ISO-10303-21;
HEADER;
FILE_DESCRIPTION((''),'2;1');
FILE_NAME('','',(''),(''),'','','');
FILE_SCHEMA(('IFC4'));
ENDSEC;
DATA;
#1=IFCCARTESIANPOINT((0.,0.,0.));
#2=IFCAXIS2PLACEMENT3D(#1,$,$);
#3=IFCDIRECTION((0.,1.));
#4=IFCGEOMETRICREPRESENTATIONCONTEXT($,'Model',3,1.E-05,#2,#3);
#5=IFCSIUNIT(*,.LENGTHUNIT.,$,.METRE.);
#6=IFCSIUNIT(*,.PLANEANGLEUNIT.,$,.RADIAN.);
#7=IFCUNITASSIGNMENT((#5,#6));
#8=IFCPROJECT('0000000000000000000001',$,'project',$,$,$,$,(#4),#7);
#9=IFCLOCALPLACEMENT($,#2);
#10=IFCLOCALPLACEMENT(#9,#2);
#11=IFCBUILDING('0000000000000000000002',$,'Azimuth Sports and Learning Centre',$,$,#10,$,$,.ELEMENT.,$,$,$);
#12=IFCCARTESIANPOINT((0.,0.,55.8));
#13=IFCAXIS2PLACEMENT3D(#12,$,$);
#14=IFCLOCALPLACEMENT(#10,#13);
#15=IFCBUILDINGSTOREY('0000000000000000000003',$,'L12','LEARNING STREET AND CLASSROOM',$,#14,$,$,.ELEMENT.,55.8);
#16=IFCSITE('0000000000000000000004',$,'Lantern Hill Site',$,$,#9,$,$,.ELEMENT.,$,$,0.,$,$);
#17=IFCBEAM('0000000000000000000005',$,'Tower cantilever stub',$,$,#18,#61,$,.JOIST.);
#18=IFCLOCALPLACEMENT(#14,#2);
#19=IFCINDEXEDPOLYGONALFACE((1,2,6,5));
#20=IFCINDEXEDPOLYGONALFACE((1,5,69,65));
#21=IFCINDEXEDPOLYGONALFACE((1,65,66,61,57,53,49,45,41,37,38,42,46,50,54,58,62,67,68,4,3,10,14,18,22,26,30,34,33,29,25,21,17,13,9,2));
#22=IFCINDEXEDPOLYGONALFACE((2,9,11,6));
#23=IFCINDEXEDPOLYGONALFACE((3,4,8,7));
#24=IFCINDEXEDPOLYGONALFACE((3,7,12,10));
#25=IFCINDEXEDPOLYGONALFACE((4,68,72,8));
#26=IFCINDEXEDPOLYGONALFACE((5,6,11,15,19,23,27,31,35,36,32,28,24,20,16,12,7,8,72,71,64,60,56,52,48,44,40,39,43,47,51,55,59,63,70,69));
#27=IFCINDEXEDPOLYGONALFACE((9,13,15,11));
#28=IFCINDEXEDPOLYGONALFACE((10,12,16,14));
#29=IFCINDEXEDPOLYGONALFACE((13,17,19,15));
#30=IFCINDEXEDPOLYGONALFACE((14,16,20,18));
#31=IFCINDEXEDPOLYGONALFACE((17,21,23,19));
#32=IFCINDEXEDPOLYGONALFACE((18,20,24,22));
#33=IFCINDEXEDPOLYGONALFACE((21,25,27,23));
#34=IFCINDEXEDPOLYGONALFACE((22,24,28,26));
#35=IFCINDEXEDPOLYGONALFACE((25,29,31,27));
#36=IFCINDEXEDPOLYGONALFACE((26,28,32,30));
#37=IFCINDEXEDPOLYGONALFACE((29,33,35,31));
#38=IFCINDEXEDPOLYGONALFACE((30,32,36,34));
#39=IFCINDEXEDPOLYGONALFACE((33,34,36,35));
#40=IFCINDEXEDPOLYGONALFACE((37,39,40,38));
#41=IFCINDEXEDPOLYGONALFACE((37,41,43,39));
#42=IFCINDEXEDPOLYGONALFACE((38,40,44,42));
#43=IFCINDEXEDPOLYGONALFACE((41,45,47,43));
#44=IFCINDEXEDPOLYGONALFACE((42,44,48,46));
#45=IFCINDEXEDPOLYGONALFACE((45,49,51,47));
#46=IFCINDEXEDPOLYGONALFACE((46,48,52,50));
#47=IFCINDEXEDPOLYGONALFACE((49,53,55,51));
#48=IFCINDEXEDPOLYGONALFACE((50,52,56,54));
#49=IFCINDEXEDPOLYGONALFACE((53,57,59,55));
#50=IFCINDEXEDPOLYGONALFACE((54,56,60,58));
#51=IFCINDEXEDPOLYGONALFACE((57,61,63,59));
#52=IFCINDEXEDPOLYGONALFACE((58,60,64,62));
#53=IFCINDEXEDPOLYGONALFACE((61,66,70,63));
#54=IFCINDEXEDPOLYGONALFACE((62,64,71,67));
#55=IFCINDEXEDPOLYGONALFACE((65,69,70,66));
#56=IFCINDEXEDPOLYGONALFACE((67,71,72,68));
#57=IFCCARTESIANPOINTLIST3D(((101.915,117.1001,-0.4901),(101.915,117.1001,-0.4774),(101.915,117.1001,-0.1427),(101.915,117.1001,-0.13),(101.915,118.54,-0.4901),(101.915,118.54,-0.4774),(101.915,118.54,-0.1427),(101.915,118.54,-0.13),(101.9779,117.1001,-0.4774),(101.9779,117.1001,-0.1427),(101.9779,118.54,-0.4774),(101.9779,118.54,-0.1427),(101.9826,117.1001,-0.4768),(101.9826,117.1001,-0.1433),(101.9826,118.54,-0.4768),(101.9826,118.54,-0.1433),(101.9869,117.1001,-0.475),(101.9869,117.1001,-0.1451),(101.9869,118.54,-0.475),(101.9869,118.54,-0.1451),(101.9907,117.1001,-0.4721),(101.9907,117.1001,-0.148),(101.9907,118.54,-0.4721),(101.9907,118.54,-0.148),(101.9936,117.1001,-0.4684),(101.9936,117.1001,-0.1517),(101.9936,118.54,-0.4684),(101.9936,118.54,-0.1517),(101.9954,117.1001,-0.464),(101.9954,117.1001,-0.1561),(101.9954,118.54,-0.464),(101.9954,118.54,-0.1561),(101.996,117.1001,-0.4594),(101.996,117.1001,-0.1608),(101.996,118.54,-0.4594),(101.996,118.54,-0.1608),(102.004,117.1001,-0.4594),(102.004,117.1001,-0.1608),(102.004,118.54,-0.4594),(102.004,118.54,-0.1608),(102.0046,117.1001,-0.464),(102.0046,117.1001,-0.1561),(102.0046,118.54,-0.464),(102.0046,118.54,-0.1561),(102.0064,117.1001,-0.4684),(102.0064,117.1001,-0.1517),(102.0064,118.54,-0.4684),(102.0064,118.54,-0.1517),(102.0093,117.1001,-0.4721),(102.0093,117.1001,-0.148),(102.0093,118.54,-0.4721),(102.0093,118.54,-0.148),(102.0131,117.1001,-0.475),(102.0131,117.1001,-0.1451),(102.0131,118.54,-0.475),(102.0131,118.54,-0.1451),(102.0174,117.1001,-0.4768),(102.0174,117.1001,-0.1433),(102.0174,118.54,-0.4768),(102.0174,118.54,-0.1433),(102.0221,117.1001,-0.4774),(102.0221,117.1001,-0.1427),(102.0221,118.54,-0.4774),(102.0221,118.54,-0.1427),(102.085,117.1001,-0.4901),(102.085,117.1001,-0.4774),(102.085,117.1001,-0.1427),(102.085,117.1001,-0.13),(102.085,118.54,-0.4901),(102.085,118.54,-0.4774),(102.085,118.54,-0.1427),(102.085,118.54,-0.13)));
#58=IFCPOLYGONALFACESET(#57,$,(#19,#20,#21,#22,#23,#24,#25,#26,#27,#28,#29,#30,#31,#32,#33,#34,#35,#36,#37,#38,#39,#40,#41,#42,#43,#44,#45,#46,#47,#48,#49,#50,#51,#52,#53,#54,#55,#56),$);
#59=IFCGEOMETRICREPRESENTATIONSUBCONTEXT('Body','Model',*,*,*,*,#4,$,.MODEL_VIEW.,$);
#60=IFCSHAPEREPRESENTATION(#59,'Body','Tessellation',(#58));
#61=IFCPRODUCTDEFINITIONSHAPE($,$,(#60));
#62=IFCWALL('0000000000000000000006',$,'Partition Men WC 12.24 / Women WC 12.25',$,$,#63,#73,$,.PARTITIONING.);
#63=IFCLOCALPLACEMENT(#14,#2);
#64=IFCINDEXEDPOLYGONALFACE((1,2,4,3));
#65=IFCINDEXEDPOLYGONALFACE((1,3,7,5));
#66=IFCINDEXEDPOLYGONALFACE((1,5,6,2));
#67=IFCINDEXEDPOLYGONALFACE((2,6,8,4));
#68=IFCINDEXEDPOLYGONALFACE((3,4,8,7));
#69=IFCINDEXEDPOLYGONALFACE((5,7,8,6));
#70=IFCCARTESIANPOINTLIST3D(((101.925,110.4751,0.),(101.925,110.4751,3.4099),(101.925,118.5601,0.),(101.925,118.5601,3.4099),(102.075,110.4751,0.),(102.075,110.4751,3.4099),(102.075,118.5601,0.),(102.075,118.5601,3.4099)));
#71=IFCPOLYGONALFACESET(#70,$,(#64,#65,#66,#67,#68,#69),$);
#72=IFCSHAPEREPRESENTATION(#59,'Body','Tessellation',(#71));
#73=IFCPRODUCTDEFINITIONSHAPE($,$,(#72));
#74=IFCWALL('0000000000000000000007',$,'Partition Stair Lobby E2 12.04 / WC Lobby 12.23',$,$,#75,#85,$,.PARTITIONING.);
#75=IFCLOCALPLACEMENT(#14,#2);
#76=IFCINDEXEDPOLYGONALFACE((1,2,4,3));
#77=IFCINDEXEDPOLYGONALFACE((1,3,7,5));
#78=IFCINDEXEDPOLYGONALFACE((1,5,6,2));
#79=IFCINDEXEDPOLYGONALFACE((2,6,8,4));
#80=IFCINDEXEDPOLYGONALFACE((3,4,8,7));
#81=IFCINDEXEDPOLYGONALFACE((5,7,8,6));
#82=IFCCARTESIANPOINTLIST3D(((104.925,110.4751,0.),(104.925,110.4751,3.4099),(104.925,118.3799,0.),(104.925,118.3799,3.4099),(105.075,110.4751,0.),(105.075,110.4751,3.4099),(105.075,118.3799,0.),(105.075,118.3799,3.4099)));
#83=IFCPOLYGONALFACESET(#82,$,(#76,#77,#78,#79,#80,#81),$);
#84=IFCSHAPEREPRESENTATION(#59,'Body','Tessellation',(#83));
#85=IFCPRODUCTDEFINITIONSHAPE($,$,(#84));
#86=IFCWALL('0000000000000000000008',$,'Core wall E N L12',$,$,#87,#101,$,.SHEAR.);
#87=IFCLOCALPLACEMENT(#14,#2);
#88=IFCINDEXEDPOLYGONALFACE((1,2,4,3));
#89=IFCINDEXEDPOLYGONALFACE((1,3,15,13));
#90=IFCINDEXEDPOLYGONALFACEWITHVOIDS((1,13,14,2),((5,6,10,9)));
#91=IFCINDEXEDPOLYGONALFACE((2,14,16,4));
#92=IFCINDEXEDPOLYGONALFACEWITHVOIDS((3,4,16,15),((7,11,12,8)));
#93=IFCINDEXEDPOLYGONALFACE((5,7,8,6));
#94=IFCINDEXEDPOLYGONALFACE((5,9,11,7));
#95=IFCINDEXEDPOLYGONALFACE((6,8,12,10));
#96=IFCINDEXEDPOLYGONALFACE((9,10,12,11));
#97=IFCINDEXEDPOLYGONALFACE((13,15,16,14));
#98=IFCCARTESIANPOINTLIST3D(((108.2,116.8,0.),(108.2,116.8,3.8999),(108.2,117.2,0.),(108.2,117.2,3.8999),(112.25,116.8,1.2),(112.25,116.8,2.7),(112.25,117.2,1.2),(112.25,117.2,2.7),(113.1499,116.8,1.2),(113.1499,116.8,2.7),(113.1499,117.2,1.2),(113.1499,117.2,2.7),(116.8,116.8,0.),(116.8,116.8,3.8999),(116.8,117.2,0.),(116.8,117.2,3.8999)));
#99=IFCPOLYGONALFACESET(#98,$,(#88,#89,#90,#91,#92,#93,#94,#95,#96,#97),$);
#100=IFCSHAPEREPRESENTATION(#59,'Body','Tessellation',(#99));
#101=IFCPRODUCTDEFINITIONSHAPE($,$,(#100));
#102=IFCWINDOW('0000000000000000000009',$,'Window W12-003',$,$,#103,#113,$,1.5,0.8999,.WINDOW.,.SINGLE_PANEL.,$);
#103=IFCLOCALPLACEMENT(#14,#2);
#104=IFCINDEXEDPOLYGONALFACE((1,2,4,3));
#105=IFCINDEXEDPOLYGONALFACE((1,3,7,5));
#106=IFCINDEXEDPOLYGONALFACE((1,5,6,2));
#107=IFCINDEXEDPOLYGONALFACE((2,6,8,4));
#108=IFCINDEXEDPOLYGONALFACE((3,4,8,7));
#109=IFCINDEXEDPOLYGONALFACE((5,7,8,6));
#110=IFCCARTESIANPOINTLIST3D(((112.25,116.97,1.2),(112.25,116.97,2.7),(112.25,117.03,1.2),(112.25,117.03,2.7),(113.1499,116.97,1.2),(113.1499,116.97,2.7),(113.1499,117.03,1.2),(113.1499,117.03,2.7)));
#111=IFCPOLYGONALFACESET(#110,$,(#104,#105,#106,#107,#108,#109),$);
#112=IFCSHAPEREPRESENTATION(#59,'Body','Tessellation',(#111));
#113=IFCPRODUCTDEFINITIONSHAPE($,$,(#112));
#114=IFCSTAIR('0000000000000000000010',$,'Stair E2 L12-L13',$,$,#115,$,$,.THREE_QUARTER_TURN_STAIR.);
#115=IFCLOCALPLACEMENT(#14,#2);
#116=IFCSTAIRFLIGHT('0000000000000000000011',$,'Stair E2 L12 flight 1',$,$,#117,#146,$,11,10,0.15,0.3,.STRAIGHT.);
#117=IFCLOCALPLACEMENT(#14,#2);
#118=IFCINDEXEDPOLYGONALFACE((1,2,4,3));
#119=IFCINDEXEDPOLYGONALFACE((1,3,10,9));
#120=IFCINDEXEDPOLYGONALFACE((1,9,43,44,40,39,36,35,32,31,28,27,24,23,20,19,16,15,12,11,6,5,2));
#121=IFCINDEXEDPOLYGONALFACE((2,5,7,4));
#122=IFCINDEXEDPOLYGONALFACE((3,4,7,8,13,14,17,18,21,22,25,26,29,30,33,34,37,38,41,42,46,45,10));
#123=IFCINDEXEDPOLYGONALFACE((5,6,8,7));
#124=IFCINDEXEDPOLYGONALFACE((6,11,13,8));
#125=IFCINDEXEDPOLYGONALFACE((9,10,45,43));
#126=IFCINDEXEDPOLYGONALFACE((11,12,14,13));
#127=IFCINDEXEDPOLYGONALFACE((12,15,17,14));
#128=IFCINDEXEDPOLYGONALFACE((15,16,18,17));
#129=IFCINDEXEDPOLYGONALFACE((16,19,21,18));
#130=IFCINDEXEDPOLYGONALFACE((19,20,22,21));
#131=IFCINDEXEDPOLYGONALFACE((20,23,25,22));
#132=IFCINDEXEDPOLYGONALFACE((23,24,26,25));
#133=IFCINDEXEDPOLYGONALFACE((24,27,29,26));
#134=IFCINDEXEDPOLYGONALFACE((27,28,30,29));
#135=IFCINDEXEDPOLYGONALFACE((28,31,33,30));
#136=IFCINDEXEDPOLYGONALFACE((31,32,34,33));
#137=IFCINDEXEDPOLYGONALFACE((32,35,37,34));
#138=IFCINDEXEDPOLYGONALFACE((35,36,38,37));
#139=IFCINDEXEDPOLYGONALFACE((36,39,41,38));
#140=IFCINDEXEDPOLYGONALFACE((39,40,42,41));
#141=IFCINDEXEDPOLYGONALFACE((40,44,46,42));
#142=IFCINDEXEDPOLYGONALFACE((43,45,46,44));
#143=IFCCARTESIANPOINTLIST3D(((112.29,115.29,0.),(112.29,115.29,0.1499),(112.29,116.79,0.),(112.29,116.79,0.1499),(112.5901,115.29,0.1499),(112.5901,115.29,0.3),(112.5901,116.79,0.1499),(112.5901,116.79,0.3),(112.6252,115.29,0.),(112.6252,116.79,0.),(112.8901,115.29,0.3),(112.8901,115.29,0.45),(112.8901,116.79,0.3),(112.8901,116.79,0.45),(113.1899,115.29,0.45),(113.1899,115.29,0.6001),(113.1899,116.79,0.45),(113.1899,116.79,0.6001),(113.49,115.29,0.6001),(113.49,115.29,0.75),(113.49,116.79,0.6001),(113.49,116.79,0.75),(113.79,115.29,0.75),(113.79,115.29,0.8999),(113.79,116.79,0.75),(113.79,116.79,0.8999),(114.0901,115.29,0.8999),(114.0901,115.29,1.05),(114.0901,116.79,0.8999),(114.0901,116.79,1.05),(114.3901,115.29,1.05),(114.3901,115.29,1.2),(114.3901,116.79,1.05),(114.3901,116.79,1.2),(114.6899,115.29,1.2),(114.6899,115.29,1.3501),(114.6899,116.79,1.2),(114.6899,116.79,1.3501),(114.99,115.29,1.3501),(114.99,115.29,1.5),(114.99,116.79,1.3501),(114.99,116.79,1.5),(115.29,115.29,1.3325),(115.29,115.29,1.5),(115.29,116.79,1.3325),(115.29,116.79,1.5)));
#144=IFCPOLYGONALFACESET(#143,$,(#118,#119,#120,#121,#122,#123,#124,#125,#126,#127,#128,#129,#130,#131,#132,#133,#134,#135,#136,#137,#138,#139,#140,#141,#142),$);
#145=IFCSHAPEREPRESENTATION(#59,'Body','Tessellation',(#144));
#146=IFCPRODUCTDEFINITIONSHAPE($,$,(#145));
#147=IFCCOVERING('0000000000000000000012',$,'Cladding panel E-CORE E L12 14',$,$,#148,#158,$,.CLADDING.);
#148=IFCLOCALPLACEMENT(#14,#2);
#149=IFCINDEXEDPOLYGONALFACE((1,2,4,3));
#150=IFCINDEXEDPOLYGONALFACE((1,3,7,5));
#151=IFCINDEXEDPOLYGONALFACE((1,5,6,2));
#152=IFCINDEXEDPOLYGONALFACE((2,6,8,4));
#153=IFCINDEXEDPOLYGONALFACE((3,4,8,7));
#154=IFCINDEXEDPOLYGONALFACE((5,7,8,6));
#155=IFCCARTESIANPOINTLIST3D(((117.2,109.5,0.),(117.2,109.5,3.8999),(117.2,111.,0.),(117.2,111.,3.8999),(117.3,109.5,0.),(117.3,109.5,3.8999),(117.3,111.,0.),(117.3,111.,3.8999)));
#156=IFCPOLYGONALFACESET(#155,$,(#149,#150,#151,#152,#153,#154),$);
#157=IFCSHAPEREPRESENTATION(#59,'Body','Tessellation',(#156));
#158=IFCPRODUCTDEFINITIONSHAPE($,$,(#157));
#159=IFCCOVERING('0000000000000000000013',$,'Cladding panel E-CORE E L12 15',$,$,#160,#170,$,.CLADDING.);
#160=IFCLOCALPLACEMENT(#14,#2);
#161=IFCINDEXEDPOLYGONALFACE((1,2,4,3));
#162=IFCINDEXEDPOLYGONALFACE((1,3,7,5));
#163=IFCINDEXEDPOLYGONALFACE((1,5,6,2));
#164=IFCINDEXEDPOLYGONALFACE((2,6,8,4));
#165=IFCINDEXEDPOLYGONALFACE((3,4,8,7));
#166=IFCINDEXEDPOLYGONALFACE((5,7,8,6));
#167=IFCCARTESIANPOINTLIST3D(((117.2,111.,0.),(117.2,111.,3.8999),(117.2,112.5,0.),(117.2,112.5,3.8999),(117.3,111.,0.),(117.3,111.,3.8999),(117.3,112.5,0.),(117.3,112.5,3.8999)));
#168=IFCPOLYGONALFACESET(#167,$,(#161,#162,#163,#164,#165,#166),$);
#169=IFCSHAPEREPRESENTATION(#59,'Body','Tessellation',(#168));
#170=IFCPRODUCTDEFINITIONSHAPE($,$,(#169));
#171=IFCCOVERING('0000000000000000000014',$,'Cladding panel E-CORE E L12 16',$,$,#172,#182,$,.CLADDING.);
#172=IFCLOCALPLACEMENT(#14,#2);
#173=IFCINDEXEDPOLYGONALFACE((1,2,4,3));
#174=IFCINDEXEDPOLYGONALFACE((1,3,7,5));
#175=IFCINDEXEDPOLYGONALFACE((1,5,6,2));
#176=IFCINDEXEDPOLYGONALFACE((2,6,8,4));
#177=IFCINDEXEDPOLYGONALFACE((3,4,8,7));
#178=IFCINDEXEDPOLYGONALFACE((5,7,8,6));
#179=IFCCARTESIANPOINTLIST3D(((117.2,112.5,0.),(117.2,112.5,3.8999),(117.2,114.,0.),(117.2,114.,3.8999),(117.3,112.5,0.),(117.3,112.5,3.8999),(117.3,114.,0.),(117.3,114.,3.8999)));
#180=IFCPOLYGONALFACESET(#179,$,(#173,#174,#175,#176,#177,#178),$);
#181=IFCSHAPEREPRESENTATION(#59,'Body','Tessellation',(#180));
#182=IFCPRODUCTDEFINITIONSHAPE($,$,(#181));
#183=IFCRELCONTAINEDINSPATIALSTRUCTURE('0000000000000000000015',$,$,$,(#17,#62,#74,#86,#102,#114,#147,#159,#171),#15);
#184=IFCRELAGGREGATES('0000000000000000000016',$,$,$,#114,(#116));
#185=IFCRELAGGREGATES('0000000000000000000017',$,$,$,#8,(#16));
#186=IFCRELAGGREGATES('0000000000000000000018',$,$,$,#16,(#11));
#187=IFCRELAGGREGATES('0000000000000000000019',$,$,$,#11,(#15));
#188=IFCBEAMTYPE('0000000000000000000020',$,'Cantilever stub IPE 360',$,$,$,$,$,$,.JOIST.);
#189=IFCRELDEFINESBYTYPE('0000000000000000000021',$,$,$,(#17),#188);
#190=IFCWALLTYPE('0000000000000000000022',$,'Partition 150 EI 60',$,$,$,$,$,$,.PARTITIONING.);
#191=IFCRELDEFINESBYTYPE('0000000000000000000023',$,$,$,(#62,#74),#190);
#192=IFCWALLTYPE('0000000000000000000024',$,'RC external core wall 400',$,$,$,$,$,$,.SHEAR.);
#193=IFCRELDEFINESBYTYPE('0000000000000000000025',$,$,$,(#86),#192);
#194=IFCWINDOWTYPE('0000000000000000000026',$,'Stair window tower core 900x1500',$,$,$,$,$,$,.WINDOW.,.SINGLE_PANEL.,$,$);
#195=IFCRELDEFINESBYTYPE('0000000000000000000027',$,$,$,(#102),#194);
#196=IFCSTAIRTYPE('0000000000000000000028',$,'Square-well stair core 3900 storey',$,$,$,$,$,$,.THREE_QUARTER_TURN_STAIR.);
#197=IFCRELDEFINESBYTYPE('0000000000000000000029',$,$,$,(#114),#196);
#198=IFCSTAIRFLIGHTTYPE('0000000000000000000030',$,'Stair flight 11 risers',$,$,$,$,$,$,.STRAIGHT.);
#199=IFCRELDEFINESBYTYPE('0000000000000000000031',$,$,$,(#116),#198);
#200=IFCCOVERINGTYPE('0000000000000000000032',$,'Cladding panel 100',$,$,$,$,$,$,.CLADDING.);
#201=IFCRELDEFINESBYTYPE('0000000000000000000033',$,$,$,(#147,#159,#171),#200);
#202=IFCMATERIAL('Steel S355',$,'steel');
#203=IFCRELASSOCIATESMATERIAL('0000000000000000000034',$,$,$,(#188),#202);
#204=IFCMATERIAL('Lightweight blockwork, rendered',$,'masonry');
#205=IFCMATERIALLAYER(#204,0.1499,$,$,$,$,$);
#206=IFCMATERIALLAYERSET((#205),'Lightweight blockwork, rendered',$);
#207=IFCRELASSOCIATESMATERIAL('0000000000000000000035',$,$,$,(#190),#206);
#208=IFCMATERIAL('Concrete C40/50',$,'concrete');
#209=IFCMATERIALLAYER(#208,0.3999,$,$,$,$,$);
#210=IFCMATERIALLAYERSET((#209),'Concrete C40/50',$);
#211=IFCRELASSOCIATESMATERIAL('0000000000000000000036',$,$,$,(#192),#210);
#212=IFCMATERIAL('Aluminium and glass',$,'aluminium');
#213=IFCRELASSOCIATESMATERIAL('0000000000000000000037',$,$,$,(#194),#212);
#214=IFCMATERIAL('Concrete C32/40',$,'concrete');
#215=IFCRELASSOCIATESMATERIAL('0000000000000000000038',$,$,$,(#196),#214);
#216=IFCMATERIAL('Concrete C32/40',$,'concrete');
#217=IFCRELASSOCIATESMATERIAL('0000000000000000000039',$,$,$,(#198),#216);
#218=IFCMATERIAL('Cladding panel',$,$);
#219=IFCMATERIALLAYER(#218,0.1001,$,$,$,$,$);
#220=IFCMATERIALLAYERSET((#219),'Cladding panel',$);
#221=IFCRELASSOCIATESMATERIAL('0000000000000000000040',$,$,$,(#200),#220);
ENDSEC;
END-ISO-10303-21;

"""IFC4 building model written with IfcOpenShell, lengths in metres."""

from ifc_helpers import new_model, si_unit, direction, frame, frame_2d, origin, origin_2d, place, context, subcontext, project, spatial, polyline, rectangle, i_section, outline, extrude, material, layer, layer_set, material_profile, profile_set, type_object, element, fill, aggregate, save


model = new_model("IFC4")

# Units and contexts
model_context = context("Model", 3, precision=1e-05, world=origin(), true_north=direction((0.0, 1.0)))
body_context = subcontext(model_context, "Body", "Model", "MODEL_VIEW")
ifc_project = project(units=[si_unit("LENGTHUNIT", "METRE"), si_unit("PLANEANGLEUNIT", "RADIAN")], contexts=[model_context])

# Site, building, storey
site_placement = place(None, origin())
site = spatial("IfcSite", under=ifc_project, at=site_placement, Name="Lantern Hill Site", CompositionType="ELEMENT", RefElevation=0.0)
building_placement = place(site_placement, origin())
building = spatial("IfcBuilding", under=site, at=building_placement, Name="Azimuth Sports and Learning Centre", CompositionType="ELEMENT")
storey_placement = place(building_placement, frame((0.0, 0.0, 55.8)))
storey = spatial("IfcBuildingStorey", under=building, at=storey_placement, Name="L12", Description="LEARNING STREET AND CLASSROOM", CompositionType="ELEMENT", Elevation=55.8)

# Beam
ifc_material_1 = material(Name="Steel S355", Category="steel")
ifc_material_profile_1 = material_profile(ifc_material_1, i_section(OverallWidth=0.1699, OverallDepth=0.3601, WebThickness=0.0081, FlangeThickness=0.0127, FilletRadius=0.0181, at=origin_2d()), Name="IPE 360")
ifc_profile_set_1 = profile_set([ifc_material_profile_1], Name="Steel S355")
beam_type_1 = type_object("IfcBeamType", Name="Cantilever stub IPE 360", PredefinedType="JOIST", material=ifc_profile_set_1)
beam_placement = place(storey_placement, frame((102.0, 117.1001, -0.3101), z_axis=(0.0, 1.0, 0.0), x_axis=(-1.0, 0.0, 0.0)))
element("IfcBeam", 1, at=beam_placement, inside=storey, type_object=beam_type_1, Name="Tower cantilever stub", PredefinedType="JOIST", context=body_context, shape_type="SweptSolid", body=[
    extrude(i_section(OverallWidth=0.1699, OverallDepth=0.3601, WebThickness=0.0081, FlangeThickness=0.0127, FilletRadius=0.0181, at=origin_2d()), origin(), (0.0, 0.0, 1.0), 1.4399),
])

# Walls
ifc_material_2 = material(Name="Lightweight blockwork, rendered", Category="masonry")
ifc_layer_1 = layer(ifc_material_2, 0.1499)
ifc_layer_set_1 = layer_set([ifc_layer_1], Name="Lightweight blockwork, rendered")
wall_type_1 = type_object("IfcWallType", Name="Partition 150 EI 60", PredefinedType="PARTITIONING", material=ifc_layer_set_1)
wall_1_placement = place(storey_placement, frame((102.0, 110.4751, 0.0), z_axis=(0.0, 0.0, 1.0), x_axis=(0.0, 1.0, 0.0)))
element("IfcWall", 2, at=wall_1_placement, inside=storey, type_object=wall_type_1, Name="Partition Men WC 12.24 / Women WC 12.25", PredefinedType="PARTITIONING", context=body_context, shape_type="SweptSolid", body=[
    extrude(rectangle(XDim=8.085, YDim=0.1499, at=frame_2d((4.0425, 0.0))), origin(), (0.0, 0.0, 1.0), 3.4099),
])
wall_2_placement = place(storey_placement, frame((105.0, 110.4751, 0.0), z_axis=(0.0, 0.0, 1.0), x_axis=(0.0, 1.0, 0.0)))
element("IfcWall", 3, at=wall_2_placement, inside=storey, type_object=wall_type_1, Name="Partition Stair Lobby E2 12.04 / WC Lobby 12.23", PredefinedType="PARTITIONING", context=body_context, shape_type="SweptSolid", body=[
    extrude(rectangle(XDim=7.9048, YDim=0.1499, at=frame_2d((3.9524, 0.0))), origin(), (0.0, 0.0, 1.0), 3.4099),
])

# Wall, opening, window
ifc_material_3 = material(Name="Concrete C40/50", Category="concrete")
ifc_layer_2 = layer(ifc_material_3, 0.3999)
ifc_layer_set_2 = layer_set([ifc_layer_2], Name="Concrete C40/50")
wall_type_2 = type_object("IfcWallType", Name="RC external core wall 400", PredefinedType="SHEAR", material=ifc_layer_set_2)
wall_3_placement = place(storey_placement, frame((108.2, 117.0, 0.0), z_axis=(0.0, 0.0, 1.0), x_axis=(1.0, 0.0, 0.0)))
wall_3 = element("IfcWall", 4, at=wall_3_placement, inside=storey, type_object=wall_type_2, Name="Core wall E N L12", PredefinedType="SHEAR", context=body_context, shape_type="SweptSolid", body=[
    extrude(rectangle(XDim=8.6001, YDim=0.3999, at=frame_2d((4.3, 0.0))), origin(), (0.0, 0.0, 1.0), 3.8999),
])
opening_placement = place(wall_3_placement, frame((4.05, 0.0, 1.2)))
opening = element("IfcOpeningElement", 5, at=opening_placement, cuts=wall_3, PredefinedType="OPENING", context=body_context, shape_type="SweptSolid", body=[
    extrude(rectangle(XDim=0.8999, YDim=1.5, at=frame_2d((0.45, 0.75))), frame((0.0, 0.2109, 0.0), z_axis=(0.0, -1.0, 0.0), x_axis=(1.0, 0.0, 0.0)), (0.0, 0.0, 1.0), 0.4219),
])
ifc_material_4 = material(Name="Aluminium and glass", Category="aluminium")
window_type = type_object("IfcWindowType", Name="Stair window tower core 900x1500", PartitioningType="SINGLE_PANEL", PredefinedType="WINDOW", material=ifc_material_4)
window_placement = place(opening_placement, origin())
window = element("IfcWindow", 6, at=window_placement, inside=storey, type_object=window_type, Name="Window W12-003", OverallHeight=1.5, OverallWidth=0.8999, PartitioningType="SINGLE_PANEL", PredefinedType="WINDOW", context=body_context, shape_type="SweptSolid", body=[
    extrude(rectangle(XDim=0.8999, YDim=1.5, at=frame_2d((0.45, 0.75))), frame((0.0, 0.03, 0.0), z_axis=(0.0, -1.0, 0.0), x_axis=(1.0, 0.0, 0.0)), (0.0, 0.0, 1.0), 0.0601),
])
fill(opening, window)

# Stair, stair flight
ifc_material_5 = material(Name="Concrete C32/40", Category="concrete")
stair_type = type_object("IfcStairType", Name="Square-well stair core 3900 storey", PredefinedType="THREE_QUARTER_TURN_STAIR", material=ifc_material_5)
stair_placement = place(storey_placement, origin())
stair = element("IfcStair", 7, at=stair_placement, inside=storey, type_object=stair_type, Name="Stair E2 L12-L13", PredefinedType="THREE_QUARTER_TURN_STAIR")
ifc_material_6 = material(Name="Concrete C32/40", Category="concrete")
stair_flight_type = type_object("IfcStairFlightType", Name="Stair flight 11 risers", PredefinedType="STRAIGHT", material=ifc_material_6)
stair_flight_placement = place(storey_placement, frame((112.29, 116.04, 0.0), z_axis=(0.0, 0.0, 1.0), x_axis=(1.0, 0.0, 0.0)))
stair_flight = element("IfcStairFlight", 8, at=stair_flight_placement, type_object=stair_flight_type, Name="Stair E2 L12 flight 1", NumberOfRisers=11, NumberOfTreads=10, PredefinedType="STRAIGHT", RiserHeight=0.15, TreadLength=0.3, context=body_context, shape_type="SweptSolid", body=[
    extrude(outline(polyline([(0.0, 0.0), (0.0, 0.1499), (0.3, 0.1499), (0.3, 0.3), (0.6001, 0.3), (0.6001, 0.45), (0.8999, 0.45), (0.8999, 0.6001), (1.2, 0.6001), (1.2, 0.75), (1.5, 0.75), (1.5, 0.8999), (1.8, 0.8999), (1.8, 1.05), (2.1001, 1.05), (2.1001, 1.2), (2.3999, 1.2), (2.3999, 1.3501), (2.7, 1.3501), (2.7, 1.5), (3.0, 1.5), (3.0, 1.6499), (3.0, 1.3325), (0.3352, 0.0), (0.0, 0.0)])), frame((0.0, 0.75, 0.0), z_axis=(0.0, -1.0, 0.0), x_axis=(1.0, 0.0, 0.0)), (0.0, 0.0, 1.0), 1.5),
])
aggregate(stair, [stair_flight])

# Coverings
ifc_material_7 = material(Name="Cladding panel")
ifc_layer_3 = layer(ifc_material_7, 0.1001)
ifc_layer_set_3 = layer_set([ifc_layer_3], Name="Cladding panel")
covering_type = type_object("IfcCoveringType", Name="Cladding panel 100", PredefinedType="CLADDING", material=ifc_layer_set_3)
for number, where, z_axis, x_axis, name in (
    (9, (117.25, 110.25, 0.0), (0.0, 0.0, 1.0), (0.0, 1.0, 0.0), "Cladding panel E-CORE E L12 14"),
    (10, (117.25, 111.75, 0.0), (0.0, 0.0, 1.0), (0.0, 1.0, 0.0), "Cladding panel E-CORE E L12 15"),
    (11, (117.25, 113.25, 0.0), (0.0, 0.0, 1.0), (0.0, 1.0, 0.0), "Cladding panel E-CORE E L12 16"),
):
    element("IfcCovering", number, at=place(storey_placement, frame(where, z_axis=z_axis, x_axis=x_axis)), inside=storey, type_object=covering_type, Name=name, PredefinedType="CLADDING", context=body_context, shape_type="SweptSolid", body=[
        extrude(rectangle(XDim=1.5, YDim=0.1001, at=origin_2d()), origin(), (0.0, 0.0, 1.0), 3.8999),
    ])

save(model, "model.ifc")
